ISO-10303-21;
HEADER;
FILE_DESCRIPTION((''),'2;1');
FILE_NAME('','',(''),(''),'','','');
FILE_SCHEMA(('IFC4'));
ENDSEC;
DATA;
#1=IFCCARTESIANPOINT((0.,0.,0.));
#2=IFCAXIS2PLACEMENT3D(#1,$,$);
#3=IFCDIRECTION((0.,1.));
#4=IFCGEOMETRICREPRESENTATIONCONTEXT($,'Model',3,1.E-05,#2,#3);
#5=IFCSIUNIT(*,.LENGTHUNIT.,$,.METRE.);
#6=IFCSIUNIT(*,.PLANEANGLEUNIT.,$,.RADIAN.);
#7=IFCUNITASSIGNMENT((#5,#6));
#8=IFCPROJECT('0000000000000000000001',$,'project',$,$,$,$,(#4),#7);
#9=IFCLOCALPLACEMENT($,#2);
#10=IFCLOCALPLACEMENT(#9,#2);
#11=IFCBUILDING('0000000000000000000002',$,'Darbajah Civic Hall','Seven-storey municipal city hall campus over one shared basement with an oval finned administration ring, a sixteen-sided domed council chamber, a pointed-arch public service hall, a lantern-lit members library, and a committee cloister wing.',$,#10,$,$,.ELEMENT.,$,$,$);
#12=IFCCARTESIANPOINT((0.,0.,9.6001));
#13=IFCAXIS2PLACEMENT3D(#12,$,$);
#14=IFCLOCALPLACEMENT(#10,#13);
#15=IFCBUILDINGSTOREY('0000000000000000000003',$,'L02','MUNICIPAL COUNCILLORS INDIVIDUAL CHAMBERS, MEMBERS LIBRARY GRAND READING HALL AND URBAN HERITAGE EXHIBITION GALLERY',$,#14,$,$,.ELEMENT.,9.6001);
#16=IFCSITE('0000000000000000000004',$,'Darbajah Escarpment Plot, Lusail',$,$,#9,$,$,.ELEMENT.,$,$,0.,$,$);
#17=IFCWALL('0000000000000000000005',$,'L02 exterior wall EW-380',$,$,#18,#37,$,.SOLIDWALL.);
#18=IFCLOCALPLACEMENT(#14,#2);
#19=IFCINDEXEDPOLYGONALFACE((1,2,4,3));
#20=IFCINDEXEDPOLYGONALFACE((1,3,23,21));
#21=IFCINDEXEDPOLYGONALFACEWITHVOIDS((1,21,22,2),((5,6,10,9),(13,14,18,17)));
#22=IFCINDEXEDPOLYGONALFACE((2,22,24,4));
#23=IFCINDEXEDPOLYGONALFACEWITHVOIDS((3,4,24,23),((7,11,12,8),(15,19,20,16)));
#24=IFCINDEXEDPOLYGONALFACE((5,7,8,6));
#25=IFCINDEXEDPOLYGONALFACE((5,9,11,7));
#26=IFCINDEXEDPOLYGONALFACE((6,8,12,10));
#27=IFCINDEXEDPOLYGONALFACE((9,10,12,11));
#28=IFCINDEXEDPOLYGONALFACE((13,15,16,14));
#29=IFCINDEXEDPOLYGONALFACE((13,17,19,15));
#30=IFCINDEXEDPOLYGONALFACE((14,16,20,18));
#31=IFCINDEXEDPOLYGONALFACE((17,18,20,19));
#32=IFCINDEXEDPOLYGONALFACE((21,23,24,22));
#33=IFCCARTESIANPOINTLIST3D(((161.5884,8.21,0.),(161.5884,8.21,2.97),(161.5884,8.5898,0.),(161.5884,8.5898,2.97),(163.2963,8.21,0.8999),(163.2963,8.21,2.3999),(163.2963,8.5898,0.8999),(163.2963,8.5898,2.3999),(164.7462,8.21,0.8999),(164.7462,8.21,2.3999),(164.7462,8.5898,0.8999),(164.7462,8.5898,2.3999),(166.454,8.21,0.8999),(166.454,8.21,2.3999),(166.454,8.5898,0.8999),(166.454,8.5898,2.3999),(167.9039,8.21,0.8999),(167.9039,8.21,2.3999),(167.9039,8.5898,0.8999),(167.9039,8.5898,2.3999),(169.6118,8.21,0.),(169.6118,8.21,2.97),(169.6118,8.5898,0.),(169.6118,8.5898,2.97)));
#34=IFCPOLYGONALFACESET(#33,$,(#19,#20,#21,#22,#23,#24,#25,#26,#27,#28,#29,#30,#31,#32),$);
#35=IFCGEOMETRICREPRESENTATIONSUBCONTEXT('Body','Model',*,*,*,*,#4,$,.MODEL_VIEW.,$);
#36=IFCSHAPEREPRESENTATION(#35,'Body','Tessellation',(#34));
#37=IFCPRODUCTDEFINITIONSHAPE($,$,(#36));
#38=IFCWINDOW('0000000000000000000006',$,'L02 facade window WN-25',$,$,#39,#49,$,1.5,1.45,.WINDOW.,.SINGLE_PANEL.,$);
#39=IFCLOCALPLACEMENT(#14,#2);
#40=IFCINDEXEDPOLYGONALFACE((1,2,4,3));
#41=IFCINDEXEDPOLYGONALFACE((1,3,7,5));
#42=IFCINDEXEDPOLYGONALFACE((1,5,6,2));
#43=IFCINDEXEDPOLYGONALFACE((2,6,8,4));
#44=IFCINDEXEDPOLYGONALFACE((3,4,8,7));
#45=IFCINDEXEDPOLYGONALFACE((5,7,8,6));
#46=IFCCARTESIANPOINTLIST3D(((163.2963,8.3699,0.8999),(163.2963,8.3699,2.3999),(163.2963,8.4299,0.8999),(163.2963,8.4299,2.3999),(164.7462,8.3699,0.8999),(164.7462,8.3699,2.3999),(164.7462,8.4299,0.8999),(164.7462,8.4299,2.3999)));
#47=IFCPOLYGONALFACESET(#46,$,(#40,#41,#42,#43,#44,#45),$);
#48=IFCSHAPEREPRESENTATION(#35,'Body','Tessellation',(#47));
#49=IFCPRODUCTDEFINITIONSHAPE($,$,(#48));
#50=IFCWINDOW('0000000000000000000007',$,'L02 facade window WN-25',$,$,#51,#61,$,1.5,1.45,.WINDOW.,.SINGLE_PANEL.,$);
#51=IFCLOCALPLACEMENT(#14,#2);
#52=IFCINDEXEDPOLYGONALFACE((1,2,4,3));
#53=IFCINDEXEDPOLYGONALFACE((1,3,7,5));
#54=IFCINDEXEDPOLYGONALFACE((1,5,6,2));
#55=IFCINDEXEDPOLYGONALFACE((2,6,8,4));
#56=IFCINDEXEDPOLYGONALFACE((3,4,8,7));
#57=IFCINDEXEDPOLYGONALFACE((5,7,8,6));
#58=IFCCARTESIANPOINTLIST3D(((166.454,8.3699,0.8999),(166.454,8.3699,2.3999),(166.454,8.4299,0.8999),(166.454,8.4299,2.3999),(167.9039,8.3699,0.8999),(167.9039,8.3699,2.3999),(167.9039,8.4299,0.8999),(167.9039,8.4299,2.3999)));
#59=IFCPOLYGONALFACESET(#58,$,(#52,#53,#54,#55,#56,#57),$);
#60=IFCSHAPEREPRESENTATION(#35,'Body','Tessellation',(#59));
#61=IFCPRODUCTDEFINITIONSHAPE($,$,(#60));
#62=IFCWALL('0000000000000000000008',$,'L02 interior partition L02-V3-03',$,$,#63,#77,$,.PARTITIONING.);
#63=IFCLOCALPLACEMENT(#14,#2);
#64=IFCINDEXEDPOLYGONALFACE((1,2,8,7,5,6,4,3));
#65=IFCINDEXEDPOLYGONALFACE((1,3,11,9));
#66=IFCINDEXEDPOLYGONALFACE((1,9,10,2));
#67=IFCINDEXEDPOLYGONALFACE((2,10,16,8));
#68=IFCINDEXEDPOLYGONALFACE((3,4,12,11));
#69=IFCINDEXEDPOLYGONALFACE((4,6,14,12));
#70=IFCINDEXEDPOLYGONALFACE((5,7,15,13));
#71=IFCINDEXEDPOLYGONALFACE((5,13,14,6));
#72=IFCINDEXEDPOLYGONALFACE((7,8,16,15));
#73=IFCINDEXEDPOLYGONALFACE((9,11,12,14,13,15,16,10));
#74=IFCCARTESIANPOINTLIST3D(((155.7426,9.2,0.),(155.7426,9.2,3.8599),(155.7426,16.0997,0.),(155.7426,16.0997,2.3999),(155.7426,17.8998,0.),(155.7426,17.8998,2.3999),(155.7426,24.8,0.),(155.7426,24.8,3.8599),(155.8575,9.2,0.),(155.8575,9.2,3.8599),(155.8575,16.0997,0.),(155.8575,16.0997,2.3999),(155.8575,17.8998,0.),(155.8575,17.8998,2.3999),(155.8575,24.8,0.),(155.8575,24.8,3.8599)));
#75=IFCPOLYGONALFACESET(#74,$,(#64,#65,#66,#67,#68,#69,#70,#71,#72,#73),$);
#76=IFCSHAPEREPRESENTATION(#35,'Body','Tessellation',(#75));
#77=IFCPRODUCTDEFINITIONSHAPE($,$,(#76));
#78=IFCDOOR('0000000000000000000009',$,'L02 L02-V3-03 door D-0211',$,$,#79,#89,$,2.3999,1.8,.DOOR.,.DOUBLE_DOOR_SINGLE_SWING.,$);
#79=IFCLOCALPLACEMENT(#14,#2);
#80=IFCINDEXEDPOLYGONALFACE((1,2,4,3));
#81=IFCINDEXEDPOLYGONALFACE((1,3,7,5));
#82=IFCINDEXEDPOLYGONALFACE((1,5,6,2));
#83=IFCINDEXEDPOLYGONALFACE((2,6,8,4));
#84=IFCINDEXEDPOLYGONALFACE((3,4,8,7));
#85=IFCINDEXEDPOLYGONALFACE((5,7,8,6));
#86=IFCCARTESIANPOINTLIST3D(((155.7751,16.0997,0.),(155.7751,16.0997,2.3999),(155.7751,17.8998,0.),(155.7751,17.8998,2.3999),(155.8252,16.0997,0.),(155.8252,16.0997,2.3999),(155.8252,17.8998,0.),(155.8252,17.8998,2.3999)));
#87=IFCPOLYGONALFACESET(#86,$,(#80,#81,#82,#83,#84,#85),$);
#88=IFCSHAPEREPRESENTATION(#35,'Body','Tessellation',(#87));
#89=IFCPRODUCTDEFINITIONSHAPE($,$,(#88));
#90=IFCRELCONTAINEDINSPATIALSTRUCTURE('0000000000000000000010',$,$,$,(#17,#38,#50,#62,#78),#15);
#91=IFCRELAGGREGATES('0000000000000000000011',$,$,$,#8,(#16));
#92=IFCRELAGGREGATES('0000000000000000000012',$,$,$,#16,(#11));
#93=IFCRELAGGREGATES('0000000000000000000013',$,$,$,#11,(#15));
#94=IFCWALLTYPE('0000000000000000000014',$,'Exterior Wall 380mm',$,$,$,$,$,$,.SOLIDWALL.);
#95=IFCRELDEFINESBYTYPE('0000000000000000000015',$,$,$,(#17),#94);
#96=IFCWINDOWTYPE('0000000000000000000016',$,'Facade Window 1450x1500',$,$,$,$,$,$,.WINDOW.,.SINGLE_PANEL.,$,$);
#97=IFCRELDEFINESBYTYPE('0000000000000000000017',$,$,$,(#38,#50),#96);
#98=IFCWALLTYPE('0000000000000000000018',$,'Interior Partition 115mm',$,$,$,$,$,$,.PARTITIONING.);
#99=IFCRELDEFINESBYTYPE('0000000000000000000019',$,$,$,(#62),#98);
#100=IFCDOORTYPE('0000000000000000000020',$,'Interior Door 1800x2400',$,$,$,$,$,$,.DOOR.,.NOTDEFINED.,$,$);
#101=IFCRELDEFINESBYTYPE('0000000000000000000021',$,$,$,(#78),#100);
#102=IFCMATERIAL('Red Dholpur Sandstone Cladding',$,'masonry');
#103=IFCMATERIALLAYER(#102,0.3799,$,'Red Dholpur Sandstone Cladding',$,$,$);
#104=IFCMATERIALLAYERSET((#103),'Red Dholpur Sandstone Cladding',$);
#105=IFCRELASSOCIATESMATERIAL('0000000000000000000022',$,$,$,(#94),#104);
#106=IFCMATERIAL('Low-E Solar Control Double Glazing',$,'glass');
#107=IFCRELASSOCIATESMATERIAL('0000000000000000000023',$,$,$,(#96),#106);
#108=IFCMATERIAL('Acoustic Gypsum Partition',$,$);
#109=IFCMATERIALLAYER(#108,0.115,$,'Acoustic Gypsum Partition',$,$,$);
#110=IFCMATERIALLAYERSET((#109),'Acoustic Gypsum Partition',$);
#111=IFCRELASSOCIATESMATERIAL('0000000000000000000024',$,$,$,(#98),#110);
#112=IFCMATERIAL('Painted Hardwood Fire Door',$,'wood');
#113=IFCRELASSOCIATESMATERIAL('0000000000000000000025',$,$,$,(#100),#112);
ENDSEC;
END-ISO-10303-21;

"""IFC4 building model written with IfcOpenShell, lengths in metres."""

from ifc_helpers import new_model, si_unit, direction, frame, frame_2d, origin, place, context, subcontext, project, spatial, rectangle, extrude, material, layer, layer_set, type_object, element, fill, save


model = new_model("IFC4")

# Units and contexts
model_context = context("Model", 3, precision=1e-05, world=origin(), true_north=direction((0.0, 1.0)))
body_context = subcontext(model_context, "Body", "Model", "MODEL_VIEW")
ifc_project = project(units=[si_unit("LENGTHUNIT", "METRE"), si_unit("PLANEANGLEUNIT", "RADIAN")], contexts=[model_context])

# Site, building, storey
site_placement = place(None, origin())
site = spatial("IfcSite", under=ifc_project, at=site_placement, Name="Darbajah Escarpment Plot, Lusail", CompositionType="ELEMENT", RefElevation=0.0)
building_placement = place(site_placement, origin())
building = spatial("IfcBuilding", under=site, at=building_placement, Name="Darbajah Civic Hall", Description="Seven-storey municipal city hall campus over one shared basement with an oval finned administration ring, a sixteen-sided domed council chamber, a pointed-arch public service hall, a lantern-lit members library, and a committee cloister wing.", CompositionType="ELEMENT")
storey_placement = place(building_placement, frame((0.0, 0.0, 9.6001)))
storey = spatial("IfcBuildingStorey", under=building, at=storey_placement, Name="L02", Description="MUNICIPAL COUNCILLORS INDIVIDUAL CHAMBERS, MEMBERS LIBRARY GRAND READING HALL AND URBAN HERITAGE EXHIBITION GALLERY", CompositionType="ELEMENT", Elevation=9.6001)

# Wall, openings, windows
ifc_material_1 = material(Name="Red Dholpur Sandstone Cladding", Category="masonry")
ifc_layer_1 = layer(ifc_material_1, 0.3799, Name="Red Dholpur Sandstone Cladding")
ifc_layer_set_1 = layer_set([ifc_layer_1], Name="Red Dholpur Sandstone Cladding")
wall_type_1 = type_object("IfcWallType", Name="Exterior Wall 380mm", PredefinedType="SOLIDWALL", material=ifc_layer_set_1)
ifc_material_2 = material(Name="Low-E Solar Control Double Glazing", Category="glass")
window_type = type_object("IfcWindowType", Name="Facade Window 1450x1500", PartitioningType="SINGLE_PANEL", PredefinedType="WINDOW", material=ifc_material_2)
wall_1_placement = place(storey_placement, frame((161.5884, 8.3999, 0.0), z_axis=(0.0, 0.0, 1.0), x_axis=(1.0, 0.0, 0.0)))
wall_1 = element("IfcWall", 1, at=wall_1_placement, inside=storey, type_object=wall_type_1, Name="L02 exterior wall EW-380", PredefinedType="SOLIDWALL", context=body_context, shape_type="SweptSolid", body=[
    extrude(rectangle(XDim=8.0234, YDim=0.3799, at=frame_2d((4.0117, 0.0))), origin(), (0.0, 0.0, 1.0), 2.97),
])
opening_1_placement = place(wall_1_placement, frame((1.7078, 0.0, 0.8999)))
opening_1 = element("IfcOpeningElement", 2, at=opening_1_placement, cuts=wall_1, PredefinedType="OPENING", context=body_context, shape_type="SweptSolid", body=[
    extrude(rectangle(XDim=1.45, YDim=1.5, at=frame_2d((0.7251, 0.75))), frame((0.0, 0.2, 0.0), z_axis=(0.0, -1.0, 0.0), x_axis=(1.0, 0.0, 0.0)), (0.0, 0.0, 1.0), 0.3999),
])
opening_2_placement = place(wall_1_placement, frame((4.8655, 0.0, 0.8999)))
opening_2 = element("IfcOpeningElement", 3, at=opening_2_placement, cuts=wall_1, PredefinedType="OPENING", context=body_context, shape_type="SweptSolid", body=[
    extrude(rectangle(XDim=1.45, YDim=1.5, at=frame_2d((0.7251, 0.75))), frame((0.0, 0.2, 0.0), z_axis=(0.0, -1.0, 0.0), x_axis=(1.0, 0.0, 0.0)), (0.0, 0.0, 1.0), 0.3999),
])
window_1_placement = place(opening_1_placement, origin())
window_1 = element("IfcWindow", 4, at=window_1_placement, inside=storey, type_object=window_type, Name="L02 facade window WN-25", OverallHeight=1.5, OverallWidth=1.45, PartitioningType="SINGLE_PANEL", PredefinedType="WINDOW", context=body_context, shape_type="SweptSolid", body=[
    extrude(rectangle(XDim=1.45, YDim=1.5, at=frame_2d((0.7251, 0.75))), frame((0.0, 0.03, 0.0), z_axis=(0.0, -1.0, 0.0), x_axis=(1.0, 0.0, 0.0)), (0.0, 0.0, 1.0), 0.0601),
])
fill(opening_1, window_1)
window_2_placement = place(opening_2_placement, origin())
window_2 = element("IfcWindow", 5, at=window_2_placement, inside=storey, type_object=window_type, Name="L02 facade window WN-25", OverallHeight=1.5, OverallWidth=1.45, PartitioningType="SINGLE_PANEL", PredefinedType="WINDOW", context=body_context, shape_type="SweptSolid", body=[
    extrude(rectangle(XDim=1.45, YDim=1.5, at=frame_2d((0.7251, 0.75))), frame((0.0, 0.03, 0.0), z_axis=(0.0, -1.0, 0.0), x_axis=(1.0, 0.0, 0.0)), (0.0, 0.0, 1.0), 0.0601),
])
fill(opening_2, window_2)

# Wall, opening, door
ifc_material_3 = material(Name="Acoustic Gypsum Partition")
ifc_layer_2 = layer(ifc_material_3, 0.115, Name="Acoustic Gypsum Partition")
ifc_layer_set_2 = layer_set([ifc_layer_2], Name="Acoustic Gypsum Partition")
wall_type_2 = type_object("IfcWallType", Name="Interior Partition 115mm", PredefinedType="PARTITIONING", material=ifc_layer_set_2)
wall_2_placement = place(storey_placement, frame((155.8, 9.2, 0.0), z_axis=(0.0, 0.0, 1.0), x_axis=(0.0, 1.0, 0.0)))
wall_2 = element("IfcWall", 6, at=wall_2_placement, inside=storey, type_object=wall_type_2, Name="L02 interior partition L02-V3-03", PredefinedType="PARTITIONING", context=body_context, shape_type="SweptSolid", body=[
    extrude(rectangle(XDim=15.6001, YDim=0.115, at=frame_2d((7.8, 0.0))), origin(), (0.0, 0.0, 1.0), 3.8599),
])
opening_3_placement = place(wall_2_placement, frame((6.8999, 0.0, 0.0)))
opening_3 = element("IfcOpeningElement", 7, at=opening_3_placement, cuts=wall_2, PredefinedType="OPENING", context=body_context, shape_type="SweptSolid", body=[
    extrude(rectangle(XDim=1.8, YDim=2.3999, at=frame_2d((0.8999, 1.2))), frame((0.0, 0.0674, 0.0), z_axis=(0.0, -1.0, 0.0), x_axis=(1.0, 0.0, 0.0)), (0.0, 0.0, 1.0), 0.135),
])
ifc_material_4 = material(Name="Painted Hardwood Fire Door", Category="wood")
door_type = type_object("IfcDoorType", Name="Interior Door 1800x2400", OperationType="NOTDEFINED", PredefinedType="DOOR", material=ifc_material_4)
door_placement = place(opening_3_placement, origin())
door = element("IfcDoor", 8, at=door_placement, inside=storey, type_object=door_type, Name="L02 L02-V3-03 door D-0211", OperationType="DOUBLE_DOOR_SINGLE_SWING", OverallHeight=2.3999, OverallWidth=1.8, PredefinedType="DOOR", context=body_context, shape_type="SweptSolid", body=[
    extrude(rectangle(XDim=1.8, YDim=2.3999, at=frame_2d((0.8999, 1.2))), frame((0.0, 0.0249, 0.0), z_axis=(0.0, -1.0, 0.0), x_axis=(1.0, 0.0, 0.0)), (0.0, 0.0, 1.0), 0.05),
])
fill(opening_3, door)

save(model, "model.ifc")
